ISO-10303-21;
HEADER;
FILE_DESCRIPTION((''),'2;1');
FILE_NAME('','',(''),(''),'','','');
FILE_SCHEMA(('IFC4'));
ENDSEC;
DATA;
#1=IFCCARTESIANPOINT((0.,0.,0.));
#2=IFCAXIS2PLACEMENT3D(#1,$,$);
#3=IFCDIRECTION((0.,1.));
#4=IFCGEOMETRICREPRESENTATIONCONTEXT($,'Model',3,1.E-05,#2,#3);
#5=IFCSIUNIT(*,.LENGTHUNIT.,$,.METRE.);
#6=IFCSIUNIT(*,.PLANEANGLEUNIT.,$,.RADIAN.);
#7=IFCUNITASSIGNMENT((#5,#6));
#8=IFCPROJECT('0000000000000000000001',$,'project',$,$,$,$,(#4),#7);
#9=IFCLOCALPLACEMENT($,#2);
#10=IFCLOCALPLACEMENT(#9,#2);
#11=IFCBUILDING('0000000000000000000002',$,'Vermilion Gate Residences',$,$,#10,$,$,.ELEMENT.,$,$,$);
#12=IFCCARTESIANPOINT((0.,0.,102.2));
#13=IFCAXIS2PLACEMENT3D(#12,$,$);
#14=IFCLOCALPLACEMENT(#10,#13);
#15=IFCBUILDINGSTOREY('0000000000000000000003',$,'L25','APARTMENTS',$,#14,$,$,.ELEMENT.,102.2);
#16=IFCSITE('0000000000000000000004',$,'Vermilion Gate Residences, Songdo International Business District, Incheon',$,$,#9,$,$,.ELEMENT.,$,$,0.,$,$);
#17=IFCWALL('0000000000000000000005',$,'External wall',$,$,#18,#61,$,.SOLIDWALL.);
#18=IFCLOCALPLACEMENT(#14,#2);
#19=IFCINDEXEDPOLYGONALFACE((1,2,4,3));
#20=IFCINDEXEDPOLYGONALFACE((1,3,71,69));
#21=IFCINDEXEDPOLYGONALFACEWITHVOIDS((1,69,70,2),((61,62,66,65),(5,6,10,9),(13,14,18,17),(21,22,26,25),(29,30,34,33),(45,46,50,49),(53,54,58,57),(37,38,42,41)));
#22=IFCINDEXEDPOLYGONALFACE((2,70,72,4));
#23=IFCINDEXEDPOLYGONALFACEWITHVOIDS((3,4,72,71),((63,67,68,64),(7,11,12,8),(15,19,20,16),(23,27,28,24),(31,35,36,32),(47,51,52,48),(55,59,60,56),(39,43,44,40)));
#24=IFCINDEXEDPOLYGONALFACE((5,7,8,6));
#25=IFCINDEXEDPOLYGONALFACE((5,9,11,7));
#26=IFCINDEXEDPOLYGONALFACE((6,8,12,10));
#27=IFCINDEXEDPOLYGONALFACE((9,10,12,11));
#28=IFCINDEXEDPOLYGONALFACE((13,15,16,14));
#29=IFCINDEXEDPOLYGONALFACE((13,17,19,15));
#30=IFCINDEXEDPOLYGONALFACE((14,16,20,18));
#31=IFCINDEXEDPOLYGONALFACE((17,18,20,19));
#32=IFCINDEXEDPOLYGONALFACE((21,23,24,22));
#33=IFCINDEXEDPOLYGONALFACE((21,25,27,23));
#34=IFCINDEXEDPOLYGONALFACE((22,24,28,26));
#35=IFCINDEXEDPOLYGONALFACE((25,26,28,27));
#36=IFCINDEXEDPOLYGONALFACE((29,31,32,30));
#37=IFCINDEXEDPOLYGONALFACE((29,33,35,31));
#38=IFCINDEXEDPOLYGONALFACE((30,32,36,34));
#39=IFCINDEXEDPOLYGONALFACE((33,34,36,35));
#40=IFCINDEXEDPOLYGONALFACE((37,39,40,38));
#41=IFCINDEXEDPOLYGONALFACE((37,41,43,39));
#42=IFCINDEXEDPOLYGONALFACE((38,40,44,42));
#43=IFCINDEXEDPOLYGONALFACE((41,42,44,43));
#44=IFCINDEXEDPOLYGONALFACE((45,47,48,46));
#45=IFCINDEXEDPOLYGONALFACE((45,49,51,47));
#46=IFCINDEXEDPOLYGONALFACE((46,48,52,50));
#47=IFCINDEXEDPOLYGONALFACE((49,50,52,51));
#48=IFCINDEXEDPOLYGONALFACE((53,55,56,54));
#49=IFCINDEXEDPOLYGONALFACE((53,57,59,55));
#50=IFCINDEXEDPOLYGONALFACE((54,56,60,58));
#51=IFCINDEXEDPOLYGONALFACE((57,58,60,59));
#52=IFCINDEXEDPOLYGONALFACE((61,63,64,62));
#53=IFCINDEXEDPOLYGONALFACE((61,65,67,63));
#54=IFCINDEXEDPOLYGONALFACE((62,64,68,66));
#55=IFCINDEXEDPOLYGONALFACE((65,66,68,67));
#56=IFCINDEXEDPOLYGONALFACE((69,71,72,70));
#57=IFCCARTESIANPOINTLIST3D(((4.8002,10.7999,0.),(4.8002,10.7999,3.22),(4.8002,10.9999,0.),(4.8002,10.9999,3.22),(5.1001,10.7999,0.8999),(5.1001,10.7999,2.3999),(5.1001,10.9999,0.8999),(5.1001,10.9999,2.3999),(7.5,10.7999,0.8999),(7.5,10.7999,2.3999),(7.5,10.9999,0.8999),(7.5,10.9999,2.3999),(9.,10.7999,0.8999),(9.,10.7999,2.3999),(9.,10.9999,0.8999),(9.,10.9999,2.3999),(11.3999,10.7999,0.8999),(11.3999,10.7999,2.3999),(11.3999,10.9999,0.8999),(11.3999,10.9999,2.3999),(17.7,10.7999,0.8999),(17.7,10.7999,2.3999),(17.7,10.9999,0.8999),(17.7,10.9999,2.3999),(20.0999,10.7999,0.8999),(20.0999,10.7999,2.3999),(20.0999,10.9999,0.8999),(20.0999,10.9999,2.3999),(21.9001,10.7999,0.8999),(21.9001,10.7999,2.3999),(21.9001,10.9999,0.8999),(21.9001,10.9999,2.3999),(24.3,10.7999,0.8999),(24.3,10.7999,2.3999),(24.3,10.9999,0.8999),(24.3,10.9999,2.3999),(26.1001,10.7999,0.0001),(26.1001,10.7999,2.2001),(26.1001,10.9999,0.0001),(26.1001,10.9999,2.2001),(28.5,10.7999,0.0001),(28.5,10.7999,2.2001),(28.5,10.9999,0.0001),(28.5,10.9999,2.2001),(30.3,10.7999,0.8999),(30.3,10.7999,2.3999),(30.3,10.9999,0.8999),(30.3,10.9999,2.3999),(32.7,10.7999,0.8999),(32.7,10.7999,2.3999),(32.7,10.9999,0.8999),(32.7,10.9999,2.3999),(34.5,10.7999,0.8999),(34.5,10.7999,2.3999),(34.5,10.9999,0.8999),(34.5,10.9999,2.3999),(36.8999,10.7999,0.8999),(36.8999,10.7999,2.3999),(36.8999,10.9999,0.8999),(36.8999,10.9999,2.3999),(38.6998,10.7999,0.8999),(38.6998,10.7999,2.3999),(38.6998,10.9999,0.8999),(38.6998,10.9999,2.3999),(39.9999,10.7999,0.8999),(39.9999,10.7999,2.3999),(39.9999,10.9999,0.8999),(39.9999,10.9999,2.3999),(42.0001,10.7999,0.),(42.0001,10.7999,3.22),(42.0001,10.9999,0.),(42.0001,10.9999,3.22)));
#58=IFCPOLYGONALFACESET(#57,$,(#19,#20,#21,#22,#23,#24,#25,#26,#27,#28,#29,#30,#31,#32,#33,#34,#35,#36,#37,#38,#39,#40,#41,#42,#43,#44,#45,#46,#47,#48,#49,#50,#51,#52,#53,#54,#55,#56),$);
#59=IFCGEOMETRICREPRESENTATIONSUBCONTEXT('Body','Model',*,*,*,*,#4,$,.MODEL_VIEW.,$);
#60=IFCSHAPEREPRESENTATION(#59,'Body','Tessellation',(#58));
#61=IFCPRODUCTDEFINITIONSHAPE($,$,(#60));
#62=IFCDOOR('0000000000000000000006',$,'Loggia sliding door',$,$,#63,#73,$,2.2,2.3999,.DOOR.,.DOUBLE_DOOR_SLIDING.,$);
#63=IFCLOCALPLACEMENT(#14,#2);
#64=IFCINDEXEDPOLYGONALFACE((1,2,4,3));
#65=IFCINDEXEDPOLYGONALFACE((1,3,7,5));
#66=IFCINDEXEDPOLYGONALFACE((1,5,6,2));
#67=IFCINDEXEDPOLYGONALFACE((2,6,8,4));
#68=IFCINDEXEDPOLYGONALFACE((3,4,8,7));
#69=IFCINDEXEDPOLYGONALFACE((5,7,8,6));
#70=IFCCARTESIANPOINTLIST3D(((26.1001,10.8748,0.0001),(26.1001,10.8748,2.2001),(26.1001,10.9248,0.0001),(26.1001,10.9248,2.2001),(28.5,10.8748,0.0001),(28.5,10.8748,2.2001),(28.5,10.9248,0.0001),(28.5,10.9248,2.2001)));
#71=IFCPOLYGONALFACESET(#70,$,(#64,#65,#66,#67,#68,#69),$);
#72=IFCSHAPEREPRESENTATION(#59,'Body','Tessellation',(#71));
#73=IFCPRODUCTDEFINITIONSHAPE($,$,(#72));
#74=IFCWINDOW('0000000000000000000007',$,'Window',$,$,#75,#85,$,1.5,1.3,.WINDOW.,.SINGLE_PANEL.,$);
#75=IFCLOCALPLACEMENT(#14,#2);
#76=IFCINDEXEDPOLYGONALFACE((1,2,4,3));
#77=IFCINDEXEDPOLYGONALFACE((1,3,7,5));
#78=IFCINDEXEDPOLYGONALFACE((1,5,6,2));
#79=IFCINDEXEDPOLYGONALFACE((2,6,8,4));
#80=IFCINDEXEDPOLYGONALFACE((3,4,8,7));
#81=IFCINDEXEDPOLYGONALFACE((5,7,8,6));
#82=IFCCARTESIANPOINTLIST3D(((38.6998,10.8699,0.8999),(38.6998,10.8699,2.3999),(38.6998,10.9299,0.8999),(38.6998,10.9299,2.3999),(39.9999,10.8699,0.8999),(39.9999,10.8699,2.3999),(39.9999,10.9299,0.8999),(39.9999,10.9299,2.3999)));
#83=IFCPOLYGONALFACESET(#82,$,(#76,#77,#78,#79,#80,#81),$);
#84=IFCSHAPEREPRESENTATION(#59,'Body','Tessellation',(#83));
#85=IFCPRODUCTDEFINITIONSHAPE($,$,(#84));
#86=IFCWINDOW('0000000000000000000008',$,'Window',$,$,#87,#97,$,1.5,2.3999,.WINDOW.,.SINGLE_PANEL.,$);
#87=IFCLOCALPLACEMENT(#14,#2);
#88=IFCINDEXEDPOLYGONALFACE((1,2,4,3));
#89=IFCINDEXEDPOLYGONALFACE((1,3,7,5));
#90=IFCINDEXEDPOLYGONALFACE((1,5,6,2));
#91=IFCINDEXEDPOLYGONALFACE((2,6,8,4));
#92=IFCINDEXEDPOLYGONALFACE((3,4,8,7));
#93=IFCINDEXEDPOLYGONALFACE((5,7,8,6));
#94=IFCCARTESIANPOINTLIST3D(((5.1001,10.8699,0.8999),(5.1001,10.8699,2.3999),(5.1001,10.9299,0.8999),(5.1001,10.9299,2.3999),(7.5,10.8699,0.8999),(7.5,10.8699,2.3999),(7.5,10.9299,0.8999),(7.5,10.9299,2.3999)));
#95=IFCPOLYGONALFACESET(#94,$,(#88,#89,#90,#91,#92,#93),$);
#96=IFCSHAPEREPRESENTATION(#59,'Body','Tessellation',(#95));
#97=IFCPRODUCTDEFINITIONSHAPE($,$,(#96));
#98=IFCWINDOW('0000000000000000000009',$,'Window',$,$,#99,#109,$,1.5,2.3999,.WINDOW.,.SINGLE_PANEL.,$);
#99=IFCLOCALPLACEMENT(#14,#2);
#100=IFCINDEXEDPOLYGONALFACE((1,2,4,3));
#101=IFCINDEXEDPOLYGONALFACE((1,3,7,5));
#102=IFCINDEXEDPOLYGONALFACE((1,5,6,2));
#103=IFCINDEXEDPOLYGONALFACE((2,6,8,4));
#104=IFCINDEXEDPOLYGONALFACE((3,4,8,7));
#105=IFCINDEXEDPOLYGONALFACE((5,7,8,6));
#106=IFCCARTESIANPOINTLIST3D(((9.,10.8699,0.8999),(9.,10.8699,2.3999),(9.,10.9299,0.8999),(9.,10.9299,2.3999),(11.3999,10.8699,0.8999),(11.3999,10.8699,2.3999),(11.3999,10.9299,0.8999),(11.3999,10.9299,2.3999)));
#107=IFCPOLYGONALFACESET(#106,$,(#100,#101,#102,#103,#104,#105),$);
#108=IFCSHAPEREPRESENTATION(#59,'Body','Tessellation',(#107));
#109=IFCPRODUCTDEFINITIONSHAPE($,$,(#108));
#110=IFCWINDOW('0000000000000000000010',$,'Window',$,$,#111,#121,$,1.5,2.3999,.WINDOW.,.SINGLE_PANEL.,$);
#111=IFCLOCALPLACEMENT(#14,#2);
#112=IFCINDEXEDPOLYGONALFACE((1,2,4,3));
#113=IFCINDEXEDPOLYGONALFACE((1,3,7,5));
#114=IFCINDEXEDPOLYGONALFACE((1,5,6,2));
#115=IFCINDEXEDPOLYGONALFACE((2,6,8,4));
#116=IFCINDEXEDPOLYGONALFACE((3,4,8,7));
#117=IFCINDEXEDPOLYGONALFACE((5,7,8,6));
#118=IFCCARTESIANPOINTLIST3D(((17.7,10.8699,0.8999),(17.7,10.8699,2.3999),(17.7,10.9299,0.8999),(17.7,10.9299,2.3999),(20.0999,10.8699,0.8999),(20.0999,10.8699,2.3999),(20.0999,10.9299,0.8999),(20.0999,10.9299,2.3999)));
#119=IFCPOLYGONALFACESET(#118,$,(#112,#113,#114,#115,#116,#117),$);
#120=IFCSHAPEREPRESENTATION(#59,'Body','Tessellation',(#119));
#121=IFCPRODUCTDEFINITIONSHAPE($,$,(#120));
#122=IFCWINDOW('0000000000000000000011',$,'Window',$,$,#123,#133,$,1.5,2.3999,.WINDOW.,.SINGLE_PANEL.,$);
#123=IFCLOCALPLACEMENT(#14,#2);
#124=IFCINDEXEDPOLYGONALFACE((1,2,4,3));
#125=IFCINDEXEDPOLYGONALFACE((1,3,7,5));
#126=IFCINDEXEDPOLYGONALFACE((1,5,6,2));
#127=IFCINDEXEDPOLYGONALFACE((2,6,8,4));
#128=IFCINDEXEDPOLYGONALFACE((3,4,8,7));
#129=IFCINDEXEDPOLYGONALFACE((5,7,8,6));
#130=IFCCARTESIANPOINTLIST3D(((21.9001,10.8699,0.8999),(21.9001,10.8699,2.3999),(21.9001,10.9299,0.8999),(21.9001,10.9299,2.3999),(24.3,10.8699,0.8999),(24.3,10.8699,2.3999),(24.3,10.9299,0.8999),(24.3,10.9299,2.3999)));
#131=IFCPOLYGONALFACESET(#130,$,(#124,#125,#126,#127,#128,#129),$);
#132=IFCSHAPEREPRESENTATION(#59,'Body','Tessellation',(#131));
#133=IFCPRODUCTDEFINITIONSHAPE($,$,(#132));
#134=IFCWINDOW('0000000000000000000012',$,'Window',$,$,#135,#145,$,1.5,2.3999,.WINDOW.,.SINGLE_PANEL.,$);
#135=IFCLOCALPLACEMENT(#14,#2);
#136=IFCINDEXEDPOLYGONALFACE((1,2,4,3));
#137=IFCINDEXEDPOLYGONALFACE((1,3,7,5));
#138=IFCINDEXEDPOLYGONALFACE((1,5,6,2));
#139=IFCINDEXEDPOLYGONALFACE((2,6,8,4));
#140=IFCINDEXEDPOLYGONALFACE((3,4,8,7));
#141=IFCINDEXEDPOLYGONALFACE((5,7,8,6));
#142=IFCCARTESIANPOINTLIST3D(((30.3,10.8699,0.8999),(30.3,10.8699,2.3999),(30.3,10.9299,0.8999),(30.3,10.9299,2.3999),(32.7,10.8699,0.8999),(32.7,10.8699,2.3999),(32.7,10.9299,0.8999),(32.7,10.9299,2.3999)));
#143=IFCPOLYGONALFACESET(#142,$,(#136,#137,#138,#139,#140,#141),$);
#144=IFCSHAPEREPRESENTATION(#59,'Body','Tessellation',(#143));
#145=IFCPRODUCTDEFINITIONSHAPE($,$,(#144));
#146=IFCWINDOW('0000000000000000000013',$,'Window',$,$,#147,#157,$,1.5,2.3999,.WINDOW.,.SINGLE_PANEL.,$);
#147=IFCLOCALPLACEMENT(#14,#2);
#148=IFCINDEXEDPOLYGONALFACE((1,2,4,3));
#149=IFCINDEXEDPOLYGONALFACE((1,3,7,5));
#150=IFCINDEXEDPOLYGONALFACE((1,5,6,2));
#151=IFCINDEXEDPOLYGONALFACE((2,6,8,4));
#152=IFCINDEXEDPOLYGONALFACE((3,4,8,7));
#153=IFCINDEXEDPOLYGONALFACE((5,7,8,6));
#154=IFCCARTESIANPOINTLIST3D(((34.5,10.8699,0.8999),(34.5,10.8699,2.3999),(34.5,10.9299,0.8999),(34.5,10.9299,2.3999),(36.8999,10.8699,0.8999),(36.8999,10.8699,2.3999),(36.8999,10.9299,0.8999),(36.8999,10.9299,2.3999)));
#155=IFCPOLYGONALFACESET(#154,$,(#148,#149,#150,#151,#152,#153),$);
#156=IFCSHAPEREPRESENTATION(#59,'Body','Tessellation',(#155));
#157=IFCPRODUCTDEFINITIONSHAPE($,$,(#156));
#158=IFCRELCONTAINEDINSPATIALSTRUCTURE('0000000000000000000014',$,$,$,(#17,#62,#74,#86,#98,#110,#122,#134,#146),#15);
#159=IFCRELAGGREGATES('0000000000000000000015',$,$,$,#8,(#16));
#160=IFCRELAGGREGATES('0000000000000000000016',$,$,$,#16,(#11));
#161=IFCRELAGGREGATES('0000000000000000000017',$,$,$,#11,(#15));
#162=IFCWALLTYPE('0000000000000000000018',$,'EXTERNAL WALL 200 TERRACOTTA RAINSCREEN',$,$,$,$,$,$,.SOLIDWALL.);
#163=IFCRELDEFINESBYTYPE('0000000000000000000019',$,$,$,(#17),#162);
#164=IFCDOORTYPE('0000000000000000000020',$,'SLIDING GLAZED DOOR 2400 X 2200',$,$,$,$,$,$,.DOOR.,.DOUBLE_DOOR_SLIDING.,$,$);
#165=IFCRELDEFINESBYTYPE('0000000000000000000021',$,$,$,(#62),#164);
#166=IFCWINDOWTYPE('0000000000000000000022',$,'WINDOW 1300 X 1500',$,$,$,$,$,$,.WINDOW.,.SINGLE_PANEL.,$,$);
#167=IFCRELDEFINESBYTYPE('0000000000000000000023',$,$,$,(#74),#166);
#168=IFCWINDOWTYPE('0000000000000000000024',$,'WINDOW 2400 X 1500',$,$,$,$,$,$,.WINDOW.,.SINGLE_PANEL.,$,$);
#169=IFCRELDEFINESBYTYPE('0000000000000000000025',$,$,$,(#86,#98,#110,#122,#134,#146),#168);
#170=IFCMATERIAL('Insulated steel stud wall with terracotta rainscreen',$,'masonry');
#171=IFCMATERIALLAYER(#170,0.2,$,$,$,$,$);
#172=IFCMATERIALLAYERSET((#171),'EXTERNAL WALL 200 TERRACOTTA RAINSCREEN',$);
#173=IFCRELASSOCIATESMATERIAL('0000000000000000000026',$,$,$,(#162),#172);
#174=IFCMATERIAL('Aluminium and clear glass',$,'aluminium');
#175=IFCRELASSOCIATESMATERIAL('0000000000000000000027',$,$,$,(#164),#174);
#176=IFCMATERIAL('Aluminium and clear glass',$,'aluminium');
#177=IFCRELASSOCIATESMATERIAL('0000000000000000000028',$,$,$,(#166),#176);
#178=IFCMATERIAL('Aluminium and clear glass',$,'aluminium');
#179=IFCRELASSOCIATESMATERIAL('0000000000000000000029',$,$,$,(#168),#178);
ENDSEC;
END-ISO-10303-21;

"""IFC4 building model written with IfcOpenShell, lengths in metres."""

from ifc_helpers import new_model, si_unit, direction, frame, frame_2d, origin, place, context, subcontext, project, spatial, rectangle, extrude, material, layer, layer_set, type_object, element, fill, save


model = new_model("IFC4")

# Units and contexts
model_context = context("Model", 3, precision=1e-05, world=origin(), true_north=direction((0.0, 1.0)))
body_context = subcontext(model_context, "Body", "Model", "MODEL_VIEW")
ifc_project = project(units=[si_unit("LENGTHUNIT", "METRE"), si_unit("PLANEANGLEUNIT", "RADIAN")], contexts=[model_context])

# Site, building, storey
site_placement = place(None, origin())
site = spatial("IfcSite", under=ifc_project, at=site_placement, Name="Vermilion Gate Residences, Songdo International Business District, Incheon", CompositionType="ELEMENT", RefElevation=0.0)
building_placement = place(site_placement, origin())
building = spatial("IfcBuilding", under=site, at=building_placement, Name="Vermilion Gate Residences", CompositionType="ELEMENT")
storey_placement = place(building_placement, frame((0.0, 0.0, 102.2)))
storey = spatial("IfcBuildingStorey", under=building, at=storey_placement, Name="L25", Description="APARTMENTS", CompositionType="ELEMENT", Elevation=102.2)

# Shared definitions
ifc_material_1 = material(Name="Insulated steel stud wall with terracotta rainscreen", Category="masonry")
ifc_layer = layer(ifc_material_1, 0.2)
ifc_layer_set = layer_set([ifc_layer], Name="EXTERNAL WALL 200 TERRACOTTA RAINSCREEN")
wall_type = type_object("IfcWallType", Name="EXTERNAL WALL 200 TERRACOTTA RAINSCREEN", PredefinedType="SOLIDWALL", material=ifc_layer_set)

# Wall, openings, door, windows
wall_1_placement = place(storey_placement, frame((4.8, 10.8999, 0.0), z_axis=(0.0, 0.0, 1.0), x_axis=(1.0, 0.0, 0.0)))
wall_1 = element("IfcWall", 1, at=wall_1_placement, inside=storey, type_object=wall_type, Name="External wall", PredefinedType="SOLIDWALL", context=body_context, shape_type="SweptSolid", body=[
    extrude(rectangle(XDim=37.2, YDim=0.2, at=frame_2d((18.6001, 0.0))), origin(), (0.0, 0.0, 1.0), 3.22),
])
opening_1_placement = place(wall_1_placement, frame((0.3, 0.0, 0.8999)))
opening_1 = element("IfcOpeningElement", 2, at=opening_1_placement, cuts=wall_1, PredefinedType="OPENING", context=body_context, shape_type="SweptSolid", body=[
    extrude(rectangle(XDim=2.3999, YDim=1.5, at=frame_2d((1.2, 0.75))), frame((0.0, 0.1099, 0.0), z_axis=(0.0, -1.0, 0.0), x_axis=(1.0, 0.0, 0.0)), (0.0, 0.0, 1.0), 0.22),
])
opening_2_placement = place(wall_1_placement, frame((4.2, 0.0, 0.8999)))
opening_2 = element("IfcOpeningElement", 3, at=opening_2_placement, cuts=wall_1, PredefinedType="OPENING", context=body_context, shape_type="SweptSolid", body=[
    extrude(rectangle(XDim=2.3999, YDim=1.5, at=frame_2d((1.2, 0.75))), frame((0.0, 0.1099, 0.0), z_axis=(0.0, -1.0, 0.0), x_axis=(1.0, 0.0, 0.0)), (0.0, 0.0, 1.0), 0.22),
])
opening_3_placement = place(wall_1_placement, frame((12.8999, 0.0, 0.8999)))
opening_3 = element("IfcOpeningElement", 4, at=opening_3_placement, cuts=wall_1, PredefinedType="OPENING", context=body_context, shape_type="SweptSolid", body=[
    extrude(rectangle(XDim=2.3999, YDim=1.5, at=frame_2d((1.2, 0.75))), frame((0.0, 0.1099, 0.0), z_axis=(0.0, -1.0, 0.0), x_axis=(1.0, 0.0, 0.0)), (0.0, 0.0, 1.0), 0.22),
])
opening_4_placement = place(wall_1_placement, frame((17.1001, 0.0, 0.8999)))
opening_4 = element("IfcOpeningElement", 5, at=opening_4_placement, cuts=wall_1, PredefinedType="OPENING", context=body_context, shape_type="SweptSolid", body=[
    extrude(rectangle(XDim=2.3999, YDim=1.5, at=frame_2d((1.2, 0.75))), frame((0.0, 0.1099, 0.0), z_axis=(0.0, -1.0, 0.0), x_axis=(1.0, 0.0, 0.0)), (0.0, 0.0, 1.0), 0.22),
])
opening_5_placement = place(wall_1_placement, frame((21.3, 0.0, 0.0)))
opening_5 = element("IfcOpeningElement", 6, at=opening_5_placement, cuts=wall_1, PredefinedType="OPENING", context=body_context, shape_type="SweptSolid", body=[
    extrude(rectangle(XDim=2.3999, YDim=2.2, at=frame_2d((1.2, 1.1001))), frame((0.0, 0.1099, 0.0), z_axis=(0.0, -1.0, 0.0), x_axis=(1.0, 0.0, 0.0)), (0.0, 0.0, 1.0), 0.22),
])
opening_6_placement = place(wall_1_placement, frame((25.5, 0.0, 0.8999)))
opening_6 = element("IfcOpeningElement", 7, at=opening_6_placement, cuts=wall_1, PredefinedType="OPENING", context=body_context, shape_type="SweptSolid", body=[
    extrude(rectangle(XDim=2.3999, YDim=1.5, at=frame_2d((1.2, 0.75))), frame((0.0, 0.1099, 0.0), z_axis=(0.0, -1.0, 0.0), x_axis=(1.0, 0.0, 0.0)), (0.0, 0.0, 1.0), 0.22),
])
opening_7_placement = place(wall_1_placement, frame((29.7, 0.0, 0.8999)))
opening_7 = element("IfcOpeningElement", 8, at=opening_7_placement, cuts=wall_1, PredefinedType="OPENING", context=body_context, shape_type="SweptSolid", body=[
    extrude(rectangle(XDim=2.3999, YDim=1.5, at=frame_2d((1.2, 0.75))), frame((0.0, 0.1099, 0.0), z_axis=(0.0, -1.0, 0.0), x_axis=(1.0, 0.0, 0.0)), (0.0, 0.0, 1.0), 0.22),
])
opening_8_placement = place(wall_1_placement, frame((33.8999, 0.0, 0.8999)))
opening_8 = element("IfcOpeningElement", 9, at=opening_8_placement, cuts=wall_1, PredefinedType="OPENING", context=body_context, shape_type="SweptSolid", body=[
    extrude(rectangle(XDim=1.3, YDim=1.5, at=frame_2d((0.6499, 0.75))), frame((0.0, 0.1099, 0.0), z_axis=(0.0, -1.0, 0.0), x_axis=(1.0, 0.0, 0.0)), (0.0, 0.0, 1.0), 0.22),
])
ifc_material_2 = material(Name="Aluminium and clear glass", Category="aluminium")
door_type = type_object("IfcDoorType", Name="SLIDING GLAZED DOOR 2400 X 2200", OperationType="DOUBLE_DOOR_SLIDING", PredefinedType="DOOR", material=ifc_material_2)
door_placement = place(opening_5_placement, origin())
door = element("IfcDoor", 10, at=door_placement, inside=storey, type_object=door_type, Name="Loggia sliding door", OperationType="DOUBLE_DOOR_SLIDING", OverallHeight=2.2, OverallWidth=2.3999, PredefinedType="DOOR", context=body_context, shape_type="SweptSolid", body=[
    extrude(rectangle(XDim=2.3999, YDim=2.2, at=frame_2d((1.2, 1.1001))), frame((0.0, 0.0249, 0.0), z_axis=(0.0, -1.0, 0.0), x_axis=(1.0, 0.0, 0.0)), (0.0, 0.0, 1.0), 0.05),
])
fill(opening_5, door)
ifc_material_3 = material(Name="Aluminium and clear glass", Category="aluminium")
window_type_1 = type_object("IfcWindowType", Name="WINDOW 1300 X 1500", PartitioningType="SINGLE_PANEL", PredefinedType="WINDOW", material=ifc_material_3)
window_1_placement = place(opening_8_placement, origin())
window_1 = element("IfcWindow", 11, at=window_1_placement, inside=storey, type_object=window_type_1, Name="Window", OverallHeight=1.5, OverallWidth=1.3, PartitioningType="SINGLE_PANEL", PredefinedType="WINDOW", context=body_context, shape_type="SweptSolid", body=[
    extrude(rectangle(XDim=1.3, YDim=1.5, at=frame_2d((0.6499, 0.75))), frame((0.0, 0.03, 0.0), z_axis=(0.0, -1.0, 0.0), x_axis=(1.0, 0.0, 0.0)), (0.0, 0.0, 1.0), 0.0601),
])
fill(opening_8, window_1)
ifc_material_4 = material(Name="Aluminium and clear glass", Category="aluminium")
window_type_2 = type_object("IfcWindowType", Name="WINDOW 2400 X 1500", PartitioningType="SINGLE_PANEL", PredefinedType="WINDOW", material=ifc_material_4)
window_2_placement = place(opening_1_placement, origin())
window_2 = element("IfcWindow", 12, at=window_2_placement, inside=storey, type_object=window_type_2, Name="Window", OverallHeight=1.5, OverallWidth=2.3999, PartitioningType="SINGLE_PANEL", PredefinedType="WINDOW", context=body_context, shape_type="SweptSolid", body=[
    extrude(rectangle(XDim=2.3999, YDim=1.5, at=frame_2d((1.2, 0.75))), frame((0.0, 0.03, 0.0), z_axis=(0.0, -1.0, 0.0), x_axis=(1.0, 0.0, 0.0)), (0.0, 0.0, 1.0), 0.0601),
])
fill(opening_1, window_2)
window_3_placement = place(opening_2_placement, origin())
window_3 = element("IfcWindow", 13, at=window_3_placement, inside=storey, type_object=window_type_2, Name="Window", OverallHeight=1.5, OverallWidth=2.3999, PartitioningType="SINGLE_PANEL", PredefinedType="WINDOW", context=body_context, shape_type="SweptSolid", body=[
    extrude(rectangle(XDim=2.3999, YDim=1.5, at=frame_2d((1.2, 0.75))), frame((0.0, 0.03, 0.0), z_axis=(0.0, -1.0, 0.0), x_axis=(1.0, 0.0, 0.0)), (0.0, 0.0, 1.0), 0.0601),
])
fill(opening_2, window_3)
window_4_placement = place(opening_3_placement, origin())
window_4 = element("IfcWindow", 14, at=window_4_placement, inside=storey, type_object=window_type_2, Name="Window", OverallHeight=1.5, OverallWidth=2.3999, PartitioningType="SINGLE_PANEL", PredefinedType="WINDOW", context=body_context, shape_type="SweptSolid", body=[
    extrude(rectangle(XDim=2.3999, YDim=1.5, at=frame_2d((1.2, 0.75))), frame((0.0, 0.03, 0.0), z_axis=(0.0, -1.0, 0.0), x_axis=(1.0, 0.0, 0.0)), (0.0, 0.0, 1.0), 0.0601),
])
fill(opening_3, window_4)
window_5_placement = place(opening_4_placement, origin())
window_5 = element("IfcWindow", 15, at=window_5_placement, inside=storey, type_object=window_type_2, Name="Window", OverallHeight=1.5, OverallWidth=2.3999, PartitioningType="SINGLE_PANEL", PredefinedType="WINDOW", context=body_context, shape_type="SweptSolid", body=[
    extrude(rectangle(XDim=2.3999, YDim=1.5, at=frame_2d((1.2, 0.75))), frame((0.0, 0.03, 0.0), z_axis=(0.0, -1.0, 0.0), x_axis=(1.0, 0.0, 0.0)), (0.0, 0.0, 1.0), 0.0601),
])
fill(opening_4, window_5)
window_6_placement = place(opening_6_placement, origin())
window_6 = element("IfcWindow", 16, at=window_6_placement, inside=storey, type_object=window_type_2, Name="Window", OverallHeight=1.5, OverallWidth=2.3999, PartitioningType="SINGLE_PANEL", PredefinedType="WINDOW", context=body_context, shape_type="SweptSolid", body=[
    extrude(rectangle(XDim=2.3999, YDim=1.5, at=frame_2d((1.2, 0.75))), frame((0.0, 0.03, 0.0), z_axis=(0.0, -1.0, 0.0), x_axis=(1.0, 0.0, 0.0)), (0.0, 0.0, 1.0), 0.0601),
])
fill(opening_6, window_6)
window_7_placement = place(opening_7_placement, origin())
window_7 = element("IfcWindow", 17, at=window_7_placement, inside=storey, type_object=window_type_2, Name="Window", OverallHeight=1.5, OverallWidth=2.3999, PartitioningType="SINGLE_PANEL", PredefinedType="WINDOW", context=body_context, shape_type="SweptSolid", body=[
    extrude(rectangle(XDim=2.3999, YDim=1.5, at=frame_2d((1.2, 0.75))), frame((0.0, 0.03, 0.0), z_axis=(0.0, -1.0, 0.0), x_axis=(1.0, 0.0, 0.0)), (0.0, 0.0, 1.0), 0.0601),
])
fill(opening_7, window_7)

save(model, "model.ifc")
